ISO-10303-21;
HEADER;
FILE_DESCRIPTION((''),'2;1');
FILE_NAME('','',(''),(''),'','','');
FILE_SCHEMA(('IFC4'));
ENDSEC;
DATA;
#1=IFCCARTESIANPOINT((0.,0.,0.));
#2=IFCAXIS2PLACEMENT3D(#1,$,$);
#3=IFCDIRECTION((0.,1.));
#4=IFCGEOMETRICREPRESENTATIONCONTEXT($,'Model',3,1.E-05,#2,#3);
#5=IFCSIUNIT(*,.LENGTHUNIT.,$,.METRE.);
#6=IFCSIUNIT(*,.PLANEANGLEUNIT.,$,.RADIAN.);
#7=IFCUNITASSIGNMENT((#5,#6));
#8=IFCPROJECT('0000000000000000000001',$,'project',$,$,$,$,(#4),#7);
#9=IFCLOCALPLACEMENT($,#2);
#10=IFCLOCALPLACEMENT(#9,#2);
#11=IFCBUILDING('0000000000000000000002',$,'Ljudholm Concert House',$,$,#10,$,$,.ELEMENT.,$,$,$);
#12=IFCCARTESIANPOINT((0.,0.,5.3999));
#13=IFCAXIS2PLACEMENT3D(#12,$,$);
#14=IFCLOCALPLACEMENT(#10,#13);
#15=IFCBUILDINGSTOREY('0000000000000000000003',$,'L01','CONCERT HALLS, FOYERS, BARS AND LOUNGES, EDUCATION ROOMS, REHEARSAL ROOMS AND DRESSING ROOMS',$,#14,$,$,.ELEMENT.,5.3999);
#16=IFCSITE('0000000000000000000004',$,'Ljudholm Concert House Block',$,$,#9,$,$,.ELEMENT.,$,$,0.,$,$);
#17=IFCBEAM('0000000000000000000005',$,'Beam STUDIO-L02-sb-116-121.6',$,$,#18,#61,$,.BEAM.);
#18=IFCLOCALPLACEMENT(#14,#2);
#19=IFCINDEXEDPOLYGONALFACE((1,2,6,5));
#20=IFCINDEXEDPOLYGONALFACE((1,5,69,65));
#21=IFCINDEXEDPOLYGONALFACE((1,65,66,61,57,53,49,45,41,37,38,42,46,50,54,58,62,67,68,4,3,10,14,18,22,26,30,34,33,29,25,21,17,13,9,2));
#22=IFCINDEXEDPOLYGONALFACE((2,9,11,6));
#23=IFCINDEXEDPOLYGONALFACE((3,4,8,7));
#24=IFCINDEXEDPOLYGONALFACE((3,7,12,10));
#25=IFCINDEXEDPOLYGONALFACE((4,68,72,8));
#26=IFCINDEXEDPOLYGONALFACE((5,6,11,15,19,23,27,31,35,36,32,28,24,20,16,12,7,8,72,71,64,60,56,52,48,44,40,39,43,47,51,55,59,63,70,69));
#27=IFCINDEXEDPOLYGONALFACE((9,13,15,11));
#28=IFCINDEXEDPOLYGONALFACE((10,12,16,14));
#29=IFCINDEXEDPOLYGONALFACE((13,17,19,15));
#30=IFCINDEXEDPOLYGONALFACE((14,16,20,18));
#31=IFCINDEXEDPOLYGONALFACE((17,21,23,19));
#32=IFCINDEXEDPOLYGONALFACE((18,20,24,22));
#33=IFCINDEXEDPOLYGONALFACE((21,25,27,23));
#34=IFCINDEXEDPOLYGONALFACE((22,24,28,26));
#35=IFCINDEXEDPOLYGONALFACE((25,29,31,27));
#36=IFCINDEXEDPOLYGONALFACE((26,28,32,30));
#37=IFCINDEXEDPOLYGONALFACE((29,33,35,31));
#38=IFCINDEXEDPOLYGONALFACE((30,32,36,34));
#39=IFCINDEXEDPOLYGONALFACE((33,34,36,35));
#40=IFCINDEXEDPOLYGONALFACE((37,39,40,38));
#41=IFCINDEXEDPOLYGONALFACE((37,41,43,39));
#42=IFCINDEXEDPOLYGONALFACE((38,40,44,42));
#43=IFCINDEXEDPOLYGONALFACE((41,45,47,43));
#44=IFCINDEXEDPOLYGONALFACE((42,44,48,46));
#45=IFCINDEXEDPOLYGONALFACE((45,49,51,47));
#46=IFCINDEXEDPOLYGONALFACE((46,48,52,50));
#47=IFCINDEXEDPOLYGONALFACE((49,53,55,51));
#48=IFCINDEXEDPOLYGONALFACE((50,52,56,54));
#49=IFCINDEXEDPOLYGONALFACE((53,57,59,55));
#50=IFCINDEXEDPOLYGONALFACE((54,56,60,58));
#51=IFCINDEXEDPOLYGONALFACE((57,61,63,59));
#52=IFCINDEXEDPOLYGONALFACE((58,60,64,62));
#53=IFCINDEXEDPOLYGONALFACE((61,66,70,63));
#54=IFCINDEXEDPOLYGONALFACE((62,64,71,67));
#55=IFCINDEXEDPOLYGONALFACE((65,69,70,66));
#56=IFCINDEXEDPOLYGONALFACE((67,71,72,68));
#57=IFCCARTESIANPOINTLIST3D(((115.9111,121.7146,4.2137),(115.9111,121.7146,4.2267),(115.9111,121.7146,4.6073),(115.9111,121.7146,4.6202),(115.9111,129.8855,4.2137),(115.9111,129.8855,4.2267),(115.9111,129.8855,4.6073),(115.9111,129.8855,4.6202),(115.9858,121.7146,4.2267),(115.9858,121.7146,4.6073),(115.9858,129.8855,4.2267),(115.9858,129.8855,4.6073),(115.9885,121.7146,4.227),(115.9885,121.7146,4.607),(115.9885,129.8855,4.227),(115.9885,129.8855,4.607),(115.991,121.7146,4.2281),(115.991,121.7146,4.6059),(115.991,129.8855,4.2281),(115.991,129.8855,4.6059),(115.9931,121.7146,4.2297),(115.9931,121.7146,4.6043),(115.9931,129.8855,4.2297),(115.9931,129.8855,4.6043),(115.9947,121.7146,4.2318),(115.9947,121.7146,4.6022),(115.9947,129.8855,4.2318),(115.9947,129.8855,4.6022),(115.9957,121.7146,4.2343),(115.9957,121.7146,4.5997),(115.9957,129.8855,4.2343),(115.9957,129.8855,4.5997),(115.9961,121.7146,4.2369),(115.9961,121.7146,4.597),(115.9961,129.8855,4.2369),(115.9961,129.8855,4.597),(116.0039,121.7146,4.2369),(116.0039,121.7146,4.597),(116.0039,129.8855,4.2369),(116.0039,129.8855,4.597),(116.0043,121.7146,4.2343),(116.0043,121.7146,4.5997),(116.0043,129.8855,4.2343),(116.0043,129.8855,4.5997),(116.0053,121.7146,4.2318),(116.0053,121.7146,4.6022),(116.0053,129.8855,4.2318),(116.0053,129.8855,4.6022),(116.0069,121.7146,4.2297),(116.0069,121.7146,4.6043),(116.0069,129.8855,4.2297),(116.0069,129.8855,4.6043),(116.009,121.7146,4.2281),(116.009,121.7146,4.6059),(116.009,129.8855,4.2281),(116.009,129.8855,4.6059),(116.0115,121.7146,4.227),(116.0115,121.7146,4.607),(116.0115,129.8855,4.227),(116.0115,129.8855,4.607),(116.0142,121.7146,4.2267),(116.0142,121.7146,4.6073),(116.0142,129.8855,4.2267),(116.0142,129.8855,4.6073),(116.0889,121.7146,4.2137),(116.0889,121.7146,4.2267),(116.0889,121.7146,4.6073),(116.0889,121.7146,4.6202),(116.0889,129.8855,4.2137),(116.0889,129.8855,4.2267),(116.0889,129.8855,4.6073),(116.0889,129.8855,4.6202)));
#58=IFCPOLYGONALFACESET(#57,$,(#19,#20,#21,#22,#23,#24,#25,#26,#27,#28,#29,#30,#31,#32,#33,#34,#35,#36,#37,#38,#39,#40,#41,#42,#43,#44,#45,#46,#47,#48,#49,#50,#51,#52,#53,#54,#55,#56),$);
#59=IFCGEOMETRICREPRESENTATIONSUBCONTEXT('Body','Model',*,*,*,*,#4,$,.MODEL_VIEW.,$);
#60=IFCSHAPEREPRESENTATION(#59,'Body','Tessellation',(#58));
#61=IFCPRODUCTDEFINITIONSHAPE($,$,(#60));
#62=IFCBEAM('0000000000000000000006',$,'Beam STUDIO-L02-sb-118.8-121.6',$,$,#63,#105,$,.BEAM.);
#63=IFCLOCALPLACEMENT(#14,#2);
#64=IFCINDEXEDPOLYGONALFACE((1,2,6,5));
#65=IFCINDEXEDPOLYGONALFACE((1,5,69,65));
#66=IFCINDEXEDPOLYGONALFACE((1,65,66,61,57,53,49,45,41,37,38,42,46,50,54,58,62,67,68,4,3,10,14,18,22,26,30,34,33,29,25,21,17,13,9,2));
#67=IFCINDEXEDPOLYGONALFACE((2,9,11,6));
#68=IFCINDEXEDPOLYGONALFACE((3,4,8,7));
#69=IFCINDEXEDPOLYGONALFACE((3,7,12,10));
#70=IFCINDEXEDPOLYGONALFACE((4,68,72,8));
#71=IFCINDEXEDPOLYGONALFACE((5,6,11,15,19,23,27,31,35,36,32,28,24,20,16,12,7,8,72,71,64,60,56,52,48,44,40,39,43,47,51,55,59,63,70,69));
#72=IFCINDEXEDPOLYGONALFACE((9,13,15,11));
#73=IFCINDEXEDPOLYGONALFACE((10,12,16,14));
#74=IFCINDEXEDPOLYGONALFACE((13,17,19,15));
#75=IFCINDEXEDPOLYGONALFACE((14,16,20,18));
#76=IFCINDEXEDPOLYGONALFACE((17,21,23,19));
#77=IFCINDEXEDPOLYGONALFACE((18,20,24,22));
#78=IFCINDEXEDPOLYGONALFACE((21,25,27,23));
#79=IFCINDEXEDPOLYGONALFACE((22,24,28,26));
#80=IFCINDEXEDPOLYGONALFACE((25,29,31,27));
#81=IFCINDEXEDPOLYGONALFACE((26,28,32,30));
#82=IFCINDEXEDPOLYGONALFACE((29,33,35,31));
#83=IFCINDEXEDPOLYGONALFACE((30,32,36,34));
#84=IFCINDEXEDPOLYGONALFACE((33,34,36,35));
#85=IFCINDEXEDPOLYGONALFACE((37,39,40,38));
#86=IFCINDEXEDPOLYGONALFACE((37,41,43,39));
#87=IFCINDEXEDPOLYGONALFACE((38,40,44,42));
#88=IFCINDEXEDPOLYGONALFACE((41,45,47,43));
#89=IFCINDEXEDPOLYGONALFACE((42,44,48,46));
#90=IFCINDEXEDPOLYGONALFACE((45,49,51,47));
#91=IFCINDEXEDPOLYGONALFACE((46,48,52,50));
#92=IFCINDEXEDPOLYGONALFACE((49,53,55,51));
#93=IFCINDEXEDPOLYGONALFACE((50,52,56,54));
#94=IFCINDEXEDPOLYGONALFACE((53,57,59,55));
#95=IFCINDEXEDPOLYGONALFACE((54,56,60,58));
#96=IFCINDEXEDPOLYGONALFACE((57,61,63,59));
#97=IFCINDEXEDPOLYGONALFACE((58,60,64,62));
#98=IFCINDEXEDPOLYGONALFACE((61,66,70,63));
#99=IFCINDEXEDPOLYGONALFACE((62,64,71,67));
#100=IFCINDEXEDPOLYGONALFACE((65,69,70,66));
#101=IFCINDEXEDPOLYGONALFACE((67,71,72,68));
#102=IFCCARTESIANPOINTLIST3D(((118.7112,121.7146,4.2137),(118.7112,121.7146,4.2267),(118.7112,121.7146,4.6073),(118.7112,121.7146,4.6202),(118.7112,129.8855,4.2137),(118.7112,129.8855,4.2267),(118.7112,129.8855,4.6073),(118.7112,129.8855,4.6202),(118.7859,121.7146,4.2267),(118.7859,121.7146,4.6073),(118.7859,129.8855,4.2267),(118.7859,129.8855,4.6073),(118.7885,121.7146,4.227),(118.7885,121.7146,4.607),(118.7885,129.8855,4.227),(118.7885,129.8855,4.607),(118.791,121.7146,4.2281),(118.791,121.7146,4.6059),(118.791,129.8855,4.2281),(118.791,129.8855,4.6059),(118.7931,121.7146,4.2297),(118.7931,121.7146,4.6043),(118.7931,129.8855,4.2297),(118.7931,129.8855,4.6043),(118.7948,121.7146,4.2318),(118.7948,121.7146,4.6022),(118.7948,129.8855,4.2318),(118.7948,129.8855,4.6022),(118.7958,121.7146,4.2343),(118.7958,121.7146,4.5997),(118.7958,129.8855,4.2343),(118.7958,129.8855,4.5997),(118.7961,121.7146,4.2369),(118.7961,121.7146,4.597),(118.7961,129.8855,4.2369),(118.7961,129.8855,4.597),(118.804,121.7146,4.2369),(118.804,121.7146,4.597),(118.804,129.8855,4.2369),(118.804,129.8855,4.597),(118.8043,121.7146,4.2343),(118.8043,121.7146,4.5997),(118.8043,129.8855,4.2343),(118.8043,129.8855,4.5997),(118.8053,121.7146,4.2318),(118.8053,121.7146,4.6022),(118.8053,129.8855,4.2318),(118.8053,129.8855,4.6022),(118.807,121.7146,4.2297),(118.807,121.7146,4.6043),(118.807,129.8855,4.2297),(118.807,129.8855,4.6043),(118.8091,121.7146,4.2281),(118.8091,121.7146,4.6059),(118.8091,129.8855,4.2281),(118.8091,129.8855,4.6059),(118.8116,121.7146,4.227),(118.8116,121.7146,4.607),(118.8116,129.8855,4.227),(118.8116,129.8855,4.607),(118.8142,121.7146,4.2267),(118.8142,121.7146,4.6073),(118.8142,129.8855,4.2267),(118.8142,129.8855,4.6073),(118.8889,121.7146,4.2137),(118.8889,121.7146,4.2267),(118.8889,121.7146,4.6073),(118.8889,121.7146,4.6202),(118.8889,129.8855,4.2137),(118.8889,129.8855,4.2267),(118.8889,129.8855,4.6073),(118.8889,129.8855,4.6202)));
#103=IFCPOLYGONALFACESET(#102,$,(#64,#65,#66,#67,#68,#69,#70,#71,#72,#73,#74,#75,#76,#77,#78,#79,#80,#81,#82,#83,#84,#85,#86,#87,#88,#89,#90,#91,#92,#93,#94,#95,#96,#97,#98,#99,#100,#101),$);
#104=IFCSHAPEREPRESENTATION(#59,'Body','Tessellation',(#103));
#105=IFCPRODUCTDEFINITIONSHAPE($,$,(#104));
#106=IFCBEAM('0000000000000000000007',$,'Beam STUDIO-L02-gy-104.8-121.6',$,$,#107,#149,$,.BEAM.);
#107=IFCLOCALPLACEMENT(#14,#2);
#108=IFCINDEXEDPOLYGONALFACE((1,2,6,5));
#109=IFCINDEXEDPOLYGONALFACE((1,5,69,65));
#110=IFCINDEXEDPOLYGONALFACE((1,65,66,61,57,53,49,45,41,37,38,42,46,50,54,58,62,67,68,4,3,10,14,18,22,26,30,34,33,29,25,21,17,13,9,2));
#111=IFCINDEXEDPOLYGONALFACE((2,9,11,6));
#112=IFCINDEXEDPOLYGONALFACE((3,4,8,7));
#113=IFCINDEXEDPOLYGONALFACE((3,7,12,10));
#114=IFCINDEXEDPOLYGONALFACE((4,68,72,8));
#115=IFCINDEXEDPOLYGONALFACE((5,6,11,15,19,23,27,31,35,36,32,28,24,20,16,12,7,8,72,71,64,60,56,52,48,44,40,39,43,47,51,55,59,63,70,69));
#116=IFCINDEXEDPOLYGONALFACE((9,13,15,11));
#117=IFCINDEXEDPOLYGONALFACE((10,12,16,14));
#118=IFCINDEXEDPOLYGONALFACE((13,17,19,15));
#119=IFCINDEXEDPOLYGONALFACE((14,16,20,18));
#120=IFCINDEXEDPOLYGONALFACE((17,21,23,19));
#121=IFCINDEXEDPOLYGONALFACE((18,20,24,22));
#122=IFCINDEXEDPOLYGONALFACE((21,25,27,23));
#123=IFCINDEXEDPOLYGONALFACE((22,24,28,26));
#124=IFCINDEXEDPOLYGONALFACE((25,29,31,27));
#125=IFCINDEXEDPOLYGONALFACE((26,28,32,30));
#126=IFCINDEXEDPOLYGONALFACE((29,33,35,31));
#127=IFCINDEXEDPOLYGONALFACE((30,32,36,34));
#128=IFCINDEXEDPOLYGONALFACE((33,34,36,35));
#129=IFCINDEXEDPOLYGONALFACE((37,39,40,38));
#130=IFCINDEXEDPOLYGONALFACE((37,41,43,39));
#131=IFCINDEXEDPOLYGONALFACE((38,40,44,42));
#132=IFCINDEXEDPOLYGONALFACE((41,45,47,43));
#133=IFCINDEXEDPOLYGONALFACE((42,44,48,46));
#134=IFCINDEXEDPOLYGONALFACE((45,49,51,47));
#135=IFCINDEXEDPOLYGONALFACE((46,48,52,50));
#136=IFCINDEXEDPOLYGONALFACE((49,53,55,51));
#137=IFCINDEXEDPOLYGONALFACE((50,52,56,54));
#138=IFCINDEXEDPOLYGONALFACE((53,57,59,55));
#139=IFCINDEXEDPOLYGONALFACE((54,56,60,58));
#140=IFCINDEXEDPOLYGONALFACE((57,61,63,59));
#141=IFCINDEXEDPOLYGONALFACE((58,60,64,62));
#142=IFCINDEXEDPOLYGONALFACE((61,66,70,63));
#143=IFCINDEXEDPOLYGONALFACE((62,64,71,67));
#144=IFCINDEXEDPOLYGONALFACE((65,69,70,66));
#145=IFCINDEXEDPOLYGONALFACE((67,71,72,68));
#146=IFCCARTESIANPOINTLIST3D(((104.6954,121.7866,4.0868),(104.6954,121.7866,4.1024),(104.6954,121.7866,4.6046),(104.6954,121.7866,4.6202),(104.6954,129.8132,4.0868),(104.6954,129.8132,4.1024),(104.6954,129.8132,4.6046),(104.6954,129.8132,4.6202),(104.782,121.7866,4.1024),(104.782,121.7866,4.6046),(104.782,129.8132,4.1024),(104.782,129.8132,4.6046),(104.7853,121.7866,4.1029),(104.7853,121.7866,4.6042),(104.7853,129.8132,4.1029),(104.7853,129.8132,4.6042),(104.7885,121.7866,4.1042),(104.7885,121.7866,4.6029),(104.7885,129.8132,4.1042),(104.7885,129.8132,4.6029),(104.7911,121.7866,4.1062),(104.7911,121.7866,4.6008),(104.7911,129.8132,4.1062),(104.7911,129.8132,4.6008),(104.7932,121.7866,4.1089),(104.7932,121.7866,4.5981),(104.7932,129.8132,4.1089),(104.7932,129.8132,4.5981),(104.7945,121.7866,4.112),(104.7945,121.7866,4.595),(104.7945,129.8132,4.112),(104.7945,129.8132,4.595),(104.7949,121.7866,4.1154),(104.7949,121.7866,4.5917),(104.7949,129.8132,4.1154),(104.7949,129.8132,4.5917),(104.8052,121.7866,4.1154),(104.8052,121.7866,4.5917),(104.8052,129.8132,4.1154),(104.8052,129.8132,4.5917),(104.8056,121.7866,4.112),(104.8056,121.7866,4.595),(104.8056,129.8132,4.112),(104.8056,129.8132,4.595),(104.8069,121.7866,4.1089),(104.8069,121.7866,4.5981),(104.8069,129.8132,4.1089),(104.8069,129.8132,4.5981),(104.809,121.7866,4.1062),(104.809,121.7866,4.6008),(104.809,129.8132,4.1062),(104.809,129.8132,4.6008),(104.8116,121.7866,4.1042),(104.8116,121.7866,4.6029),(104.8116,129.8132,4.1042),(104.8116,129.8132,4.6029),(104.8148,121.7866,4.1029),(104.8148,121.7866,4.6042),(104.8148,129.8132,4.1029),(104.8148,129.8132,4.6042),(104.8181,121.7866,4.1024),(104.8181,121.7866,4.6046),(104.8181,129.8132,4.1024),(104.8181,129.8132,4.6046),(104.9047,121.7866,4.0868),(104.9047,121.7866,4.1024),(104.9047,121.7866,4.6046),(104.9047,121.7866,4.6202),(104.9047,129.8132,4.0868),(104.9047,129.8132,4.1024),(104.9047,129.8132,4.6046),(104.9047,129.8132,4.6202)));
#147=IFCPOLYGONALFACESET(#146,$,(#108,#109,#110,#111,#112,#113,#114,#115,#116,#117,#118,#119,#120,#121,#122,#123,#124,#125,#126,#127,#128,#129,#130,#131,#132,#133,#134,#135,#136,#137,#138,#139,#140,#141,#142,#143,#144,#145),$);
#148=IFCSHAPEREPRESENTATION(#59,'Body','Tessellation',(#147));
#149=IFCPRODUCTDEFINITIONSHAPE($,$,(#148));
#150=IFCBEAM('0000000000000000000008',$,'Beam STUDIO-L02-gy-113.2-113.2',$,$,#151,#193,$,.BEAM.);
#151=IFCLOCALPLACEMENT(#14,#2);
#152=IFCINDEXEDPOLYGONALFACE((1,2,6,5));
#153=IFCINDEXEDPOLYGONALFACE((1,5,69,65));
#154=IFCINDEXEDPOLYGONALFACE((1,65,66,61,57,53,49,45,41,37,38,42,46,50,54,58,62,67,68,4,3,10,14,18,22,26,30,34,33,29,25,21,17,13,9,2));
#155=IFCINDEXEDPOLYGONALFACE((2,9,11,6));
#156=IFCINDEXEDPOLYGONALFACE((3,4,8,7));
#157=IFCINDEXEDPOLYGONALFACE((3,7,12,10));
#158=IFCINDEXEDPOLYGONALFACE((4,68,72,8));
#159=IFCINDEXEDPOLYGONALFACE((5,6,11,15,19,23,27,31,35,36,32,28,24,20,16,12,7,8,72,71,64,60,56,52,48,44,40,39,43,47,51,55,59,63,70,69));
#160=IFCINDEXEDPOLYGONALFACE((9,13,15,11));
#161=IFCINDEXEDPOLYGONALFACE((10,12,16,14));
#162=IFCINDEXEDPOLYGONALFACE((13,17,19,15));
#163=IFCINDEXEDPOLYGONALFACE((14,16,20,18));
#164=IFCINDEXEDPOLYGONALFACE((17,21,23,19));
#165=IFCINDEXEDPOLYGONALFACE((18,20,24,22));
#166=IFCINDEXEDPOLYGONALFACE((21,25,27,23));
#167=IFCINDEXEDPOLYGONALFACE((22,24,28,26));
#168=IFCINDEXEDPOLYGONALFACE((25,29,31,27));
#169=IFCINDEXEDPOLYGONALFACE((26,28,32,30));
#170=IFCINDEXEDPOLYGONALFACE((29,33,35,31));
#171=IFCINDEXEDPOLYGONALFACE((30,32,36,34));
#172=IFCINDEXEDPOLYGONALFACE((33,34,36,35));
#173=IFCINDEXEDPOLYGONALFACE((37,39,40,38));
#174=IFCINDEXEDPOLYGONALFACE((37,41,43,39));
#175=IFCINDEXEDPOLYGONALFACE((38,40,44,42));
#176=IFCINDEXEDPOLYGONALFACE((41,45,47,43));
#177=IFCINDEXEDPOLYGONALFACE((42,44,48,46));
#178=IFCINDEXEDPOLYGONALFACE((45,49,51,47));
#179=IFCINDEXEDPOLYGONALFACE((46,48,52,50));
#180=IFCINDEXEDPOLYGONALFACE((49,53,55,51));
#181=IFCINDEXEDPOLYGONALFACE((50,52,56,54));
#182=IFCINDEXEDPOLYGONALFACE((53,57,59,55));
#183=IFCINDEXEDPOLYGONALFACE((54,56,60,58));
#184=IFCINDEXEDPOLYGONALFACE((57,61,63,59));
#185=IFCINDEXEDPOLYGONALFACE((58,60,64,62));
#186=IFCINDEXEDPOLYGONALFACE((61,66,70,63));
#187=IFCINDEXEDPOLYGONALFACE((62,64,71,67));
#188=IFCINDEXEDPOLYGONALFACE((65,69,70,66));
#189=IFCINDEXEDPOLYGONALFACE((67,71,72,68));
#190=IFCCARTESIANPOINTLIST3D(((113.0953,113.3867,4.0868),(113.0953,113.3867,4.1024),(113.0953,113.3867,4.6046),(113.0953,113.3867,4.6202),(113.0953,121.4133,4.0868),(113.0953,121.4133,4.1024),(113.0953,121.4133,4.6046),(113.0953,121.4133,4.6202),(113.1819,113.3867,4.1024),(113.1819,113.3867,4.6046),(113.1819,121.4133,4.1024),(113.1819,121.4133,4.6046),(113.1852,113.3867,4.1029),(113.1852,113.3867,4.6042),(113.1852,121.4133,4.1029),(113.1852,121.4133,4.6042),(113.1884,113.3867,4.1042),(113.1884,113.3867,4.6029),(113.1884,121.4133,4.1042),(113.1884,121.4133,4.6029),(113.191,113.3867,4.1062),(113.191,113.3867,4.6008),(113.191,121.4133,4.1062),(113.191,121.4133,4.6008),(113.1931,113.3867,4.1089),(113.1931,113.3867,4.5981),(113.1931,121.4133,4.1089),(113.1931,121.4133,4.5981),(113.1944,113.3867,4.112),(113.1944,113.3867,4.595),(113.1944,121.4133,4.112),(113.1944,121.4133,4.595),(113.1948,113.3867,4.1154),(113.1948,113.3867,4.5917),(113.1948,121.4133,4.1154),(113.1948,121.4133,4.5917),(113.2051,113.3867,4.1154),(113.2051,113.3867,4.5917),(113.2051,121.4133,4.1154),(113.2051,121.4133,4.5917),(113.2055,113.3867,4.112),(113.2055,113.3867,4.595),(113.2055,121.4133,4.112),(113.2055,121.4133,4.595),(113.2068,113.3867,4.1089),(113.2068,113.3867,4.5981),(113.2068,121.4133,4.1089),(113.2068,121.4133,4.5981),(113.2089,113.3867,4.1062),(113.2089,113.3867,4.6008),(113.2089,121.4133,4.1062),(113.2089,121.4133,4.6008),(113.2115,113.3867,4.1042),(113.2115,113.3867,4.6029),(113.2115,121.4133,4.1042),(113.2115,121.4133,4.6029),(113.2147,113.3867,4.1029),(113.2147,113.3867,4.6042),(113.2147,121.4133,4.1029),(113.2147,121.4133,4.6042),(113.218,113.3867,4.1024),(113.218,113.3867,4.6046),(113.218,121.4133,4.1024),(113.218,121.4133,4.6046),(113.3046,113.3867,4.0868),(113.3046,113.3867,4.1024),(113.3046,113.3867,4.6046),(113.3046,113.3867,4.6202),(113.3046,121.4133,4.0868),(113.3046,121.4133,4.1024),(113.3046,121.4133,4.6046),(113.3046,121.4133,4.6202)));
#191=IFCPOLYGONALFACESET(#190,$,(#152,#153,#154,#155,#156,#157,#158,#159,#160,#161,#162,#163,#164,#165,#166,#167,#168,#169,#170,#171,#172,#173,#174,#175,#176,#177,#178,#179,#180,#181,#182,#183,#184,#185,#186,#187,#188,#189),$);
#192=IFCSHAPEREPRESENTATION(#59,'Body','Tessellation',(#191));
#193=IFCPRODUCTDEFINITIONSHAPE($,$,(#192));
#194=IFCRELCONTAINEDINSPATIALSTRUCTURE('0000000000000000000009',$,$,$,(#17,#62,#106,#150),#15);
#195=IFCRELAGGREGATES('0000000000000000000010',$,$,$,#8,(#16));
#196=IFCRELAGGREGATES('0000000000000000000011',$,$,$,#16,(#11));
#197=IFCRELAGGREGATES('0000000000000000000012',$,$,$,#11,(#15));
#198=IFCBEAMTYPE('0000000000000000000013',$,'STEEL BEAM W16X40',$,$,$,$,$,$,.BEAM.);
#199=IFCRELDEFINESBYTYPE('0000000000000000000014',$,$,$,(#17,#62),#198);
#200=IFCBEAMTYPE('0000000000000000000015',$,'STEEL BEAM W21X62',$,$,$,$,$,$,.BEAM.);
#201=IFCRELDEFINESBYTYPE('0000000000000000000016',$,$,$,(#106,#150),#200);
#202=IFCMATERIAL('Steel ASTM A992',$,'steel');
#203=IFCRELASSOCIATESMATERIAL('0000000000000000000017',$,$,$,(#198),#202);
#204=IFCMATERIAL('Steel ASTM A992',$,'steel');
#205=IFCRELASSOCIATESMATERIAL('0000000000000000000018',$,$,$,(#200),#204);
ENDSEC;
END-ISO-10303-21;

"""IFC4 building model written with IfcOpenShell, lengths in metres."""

from ifc_helpers import new_model, si_unit, direction, frame, origin, origin_2d, place, context, subcontext, project, spatial, i_section, extrude, material, material_profile, profile_set, type_object, element, save


model = new_model("IFC4")

# Units and contexts
model_context = context("Model", 3, precision=1e-05, world=origin(), true_north=direction((0.0, 1.0)))
body_context = subcontext(model_context, "Body", "Model", "MODEL_VIEW")
ifc_project = project(units=[si_unit("LENGTHUNIT", "METRE"), si_unit("PLANEANGLEUNIT", "RADIAN")], contexts=[model_context])

# Site, building, storey
site_placement = place(None, origin())
site = spatial("IfcSite", under=ifc_project, at=site_placement, Name="Ljudholm Concert House Block", CompositionType="ELEMENT", RefElevation=0.0)
building_placement = place(site_placement, origin())
building = spatial("IfcBuilding", under=site, at=building_placement, Name="Ljudholm Concert House", CompositionType="ELEMENT")
storey_placement = place(building_placement, frame((0.0, 0.0, 5.3999)))
storey = spatial("IfcBuildingStorey", under=building, at=storey_placement, Name="L01", Description="CONCERT HALLS, FOYERS, BARS AND LOUNGES, EDUCATION ROOMS, REHEARSAL ROOMS AND DRESSING ROOMS", CompositionType="ELEMENT", Elevation=5.3999)

# Beams
ifc_material_1 = material(Name="Steel ASTM A992", Category="steel")
ifc_material_profile_1 = material_profile(ifc_material_1, i_section(OverallWidth=0.1777, OverallDepth=0.4065, WebThickness=0.0078, FlangeThickness=0.0129, FilletRadius=0.0103, at=origin_2d()), Name="W16X40")
ifc_profile_set_1 = profile_set([ifc_material_profile_1], Name="Steel ASTM A992")
beam_type_1 = type_object("IfcBeamType", Name="STEEL BEAM W16X40", PredefinedType="BEAM", material=ifc_profile_set_1)
for number, where, z_axis, x_axis, name in (
    (1, (116.0, 121.7146, 4.417), (0.0, 1.0, 0.0), (-1.0, 0.0, 0.0), "Beam STUDIO-L02-sb-116-121.6"),
    (2, (118.8, 121.7146, 4.417), (0.0, 1.0, 0.0), (-1.0, 0.0, 0.0), "Beam STUDIO-L02-sb-118.8-121.6"),
):
    element("IfcBeam", number, at=place(storey_placement, frame(where, z_axis=z_axis, x_axis=x_axis)), inside=storey, type_object=beam_type_1, Name=name, PredefinedType="BEAM", context=body_context, shape_type="SweptSolid", body=[
        extrude(i_section(OverallWidth=0.1777, OverallDepth=0.4065, WebThickness=0.0078, FlangeThickness=0.0129, FilletRadius=0.0103, at=origin_2d()), origin(), (0.0, 0.0, 1.0), 8.1709),
    ])
ifc_material_2 = material(Name="Steel ASTM A992", Category="steel")
ifc_material_profile_2 = material_profile(ifc_material_2, i_section(OverallWidth=0.2092, OverallDepth=0.5334, WebThickness=0.0103, FlangeThickness=0.0156, FilletRadius=0.0129, at=origin_2d()), Name="W21X62")
ifc_profile_set_2 = profile_set([ifc_material_profile_2], Name="Steel ASTM A992")
beam_type_2 = type_object("IfcBeamType", Name="STEEL BEAM W21X62", PredefinedType="BEAM", material=ifc_profile_set_2)
for number, where, z_axis, x_axis, name in (
    (3, (104.8, 121.7866, 4.3535), (0.0, 1.0, 0.0), (-1.0, 0.0, 0.0), "Beam STUDIO-L02-gy-104.8-121.6"),
    (4, (113.2, 113.3867, 4.3535), (0.0, 1.0, 0.0), (-1.0, 0.0, 0.0), "Beam STUDIO-L02-gy-113.2-113.2"),
):
    element("IfcBeam", number, at=place(storey_placement, frame(where, z_axis=z_axis, x_axis=x_axis)), inside=storey, type_object=beam_type_2, Name=name, PredefinedType="BEAM", context=body_context, shape_type="SweptSolid", body=[
        extrude(i_section(OverallWidth=0.2092, OverallDepth=0.5334, WebThickness=0.0103, FlangeThickness=0.0156, FilletRadius=0.0129, at=origin_2d()), origin(), (0.0, 0.0, 1.0), 8.0266),
    ])

save(model, "model.ifc")
